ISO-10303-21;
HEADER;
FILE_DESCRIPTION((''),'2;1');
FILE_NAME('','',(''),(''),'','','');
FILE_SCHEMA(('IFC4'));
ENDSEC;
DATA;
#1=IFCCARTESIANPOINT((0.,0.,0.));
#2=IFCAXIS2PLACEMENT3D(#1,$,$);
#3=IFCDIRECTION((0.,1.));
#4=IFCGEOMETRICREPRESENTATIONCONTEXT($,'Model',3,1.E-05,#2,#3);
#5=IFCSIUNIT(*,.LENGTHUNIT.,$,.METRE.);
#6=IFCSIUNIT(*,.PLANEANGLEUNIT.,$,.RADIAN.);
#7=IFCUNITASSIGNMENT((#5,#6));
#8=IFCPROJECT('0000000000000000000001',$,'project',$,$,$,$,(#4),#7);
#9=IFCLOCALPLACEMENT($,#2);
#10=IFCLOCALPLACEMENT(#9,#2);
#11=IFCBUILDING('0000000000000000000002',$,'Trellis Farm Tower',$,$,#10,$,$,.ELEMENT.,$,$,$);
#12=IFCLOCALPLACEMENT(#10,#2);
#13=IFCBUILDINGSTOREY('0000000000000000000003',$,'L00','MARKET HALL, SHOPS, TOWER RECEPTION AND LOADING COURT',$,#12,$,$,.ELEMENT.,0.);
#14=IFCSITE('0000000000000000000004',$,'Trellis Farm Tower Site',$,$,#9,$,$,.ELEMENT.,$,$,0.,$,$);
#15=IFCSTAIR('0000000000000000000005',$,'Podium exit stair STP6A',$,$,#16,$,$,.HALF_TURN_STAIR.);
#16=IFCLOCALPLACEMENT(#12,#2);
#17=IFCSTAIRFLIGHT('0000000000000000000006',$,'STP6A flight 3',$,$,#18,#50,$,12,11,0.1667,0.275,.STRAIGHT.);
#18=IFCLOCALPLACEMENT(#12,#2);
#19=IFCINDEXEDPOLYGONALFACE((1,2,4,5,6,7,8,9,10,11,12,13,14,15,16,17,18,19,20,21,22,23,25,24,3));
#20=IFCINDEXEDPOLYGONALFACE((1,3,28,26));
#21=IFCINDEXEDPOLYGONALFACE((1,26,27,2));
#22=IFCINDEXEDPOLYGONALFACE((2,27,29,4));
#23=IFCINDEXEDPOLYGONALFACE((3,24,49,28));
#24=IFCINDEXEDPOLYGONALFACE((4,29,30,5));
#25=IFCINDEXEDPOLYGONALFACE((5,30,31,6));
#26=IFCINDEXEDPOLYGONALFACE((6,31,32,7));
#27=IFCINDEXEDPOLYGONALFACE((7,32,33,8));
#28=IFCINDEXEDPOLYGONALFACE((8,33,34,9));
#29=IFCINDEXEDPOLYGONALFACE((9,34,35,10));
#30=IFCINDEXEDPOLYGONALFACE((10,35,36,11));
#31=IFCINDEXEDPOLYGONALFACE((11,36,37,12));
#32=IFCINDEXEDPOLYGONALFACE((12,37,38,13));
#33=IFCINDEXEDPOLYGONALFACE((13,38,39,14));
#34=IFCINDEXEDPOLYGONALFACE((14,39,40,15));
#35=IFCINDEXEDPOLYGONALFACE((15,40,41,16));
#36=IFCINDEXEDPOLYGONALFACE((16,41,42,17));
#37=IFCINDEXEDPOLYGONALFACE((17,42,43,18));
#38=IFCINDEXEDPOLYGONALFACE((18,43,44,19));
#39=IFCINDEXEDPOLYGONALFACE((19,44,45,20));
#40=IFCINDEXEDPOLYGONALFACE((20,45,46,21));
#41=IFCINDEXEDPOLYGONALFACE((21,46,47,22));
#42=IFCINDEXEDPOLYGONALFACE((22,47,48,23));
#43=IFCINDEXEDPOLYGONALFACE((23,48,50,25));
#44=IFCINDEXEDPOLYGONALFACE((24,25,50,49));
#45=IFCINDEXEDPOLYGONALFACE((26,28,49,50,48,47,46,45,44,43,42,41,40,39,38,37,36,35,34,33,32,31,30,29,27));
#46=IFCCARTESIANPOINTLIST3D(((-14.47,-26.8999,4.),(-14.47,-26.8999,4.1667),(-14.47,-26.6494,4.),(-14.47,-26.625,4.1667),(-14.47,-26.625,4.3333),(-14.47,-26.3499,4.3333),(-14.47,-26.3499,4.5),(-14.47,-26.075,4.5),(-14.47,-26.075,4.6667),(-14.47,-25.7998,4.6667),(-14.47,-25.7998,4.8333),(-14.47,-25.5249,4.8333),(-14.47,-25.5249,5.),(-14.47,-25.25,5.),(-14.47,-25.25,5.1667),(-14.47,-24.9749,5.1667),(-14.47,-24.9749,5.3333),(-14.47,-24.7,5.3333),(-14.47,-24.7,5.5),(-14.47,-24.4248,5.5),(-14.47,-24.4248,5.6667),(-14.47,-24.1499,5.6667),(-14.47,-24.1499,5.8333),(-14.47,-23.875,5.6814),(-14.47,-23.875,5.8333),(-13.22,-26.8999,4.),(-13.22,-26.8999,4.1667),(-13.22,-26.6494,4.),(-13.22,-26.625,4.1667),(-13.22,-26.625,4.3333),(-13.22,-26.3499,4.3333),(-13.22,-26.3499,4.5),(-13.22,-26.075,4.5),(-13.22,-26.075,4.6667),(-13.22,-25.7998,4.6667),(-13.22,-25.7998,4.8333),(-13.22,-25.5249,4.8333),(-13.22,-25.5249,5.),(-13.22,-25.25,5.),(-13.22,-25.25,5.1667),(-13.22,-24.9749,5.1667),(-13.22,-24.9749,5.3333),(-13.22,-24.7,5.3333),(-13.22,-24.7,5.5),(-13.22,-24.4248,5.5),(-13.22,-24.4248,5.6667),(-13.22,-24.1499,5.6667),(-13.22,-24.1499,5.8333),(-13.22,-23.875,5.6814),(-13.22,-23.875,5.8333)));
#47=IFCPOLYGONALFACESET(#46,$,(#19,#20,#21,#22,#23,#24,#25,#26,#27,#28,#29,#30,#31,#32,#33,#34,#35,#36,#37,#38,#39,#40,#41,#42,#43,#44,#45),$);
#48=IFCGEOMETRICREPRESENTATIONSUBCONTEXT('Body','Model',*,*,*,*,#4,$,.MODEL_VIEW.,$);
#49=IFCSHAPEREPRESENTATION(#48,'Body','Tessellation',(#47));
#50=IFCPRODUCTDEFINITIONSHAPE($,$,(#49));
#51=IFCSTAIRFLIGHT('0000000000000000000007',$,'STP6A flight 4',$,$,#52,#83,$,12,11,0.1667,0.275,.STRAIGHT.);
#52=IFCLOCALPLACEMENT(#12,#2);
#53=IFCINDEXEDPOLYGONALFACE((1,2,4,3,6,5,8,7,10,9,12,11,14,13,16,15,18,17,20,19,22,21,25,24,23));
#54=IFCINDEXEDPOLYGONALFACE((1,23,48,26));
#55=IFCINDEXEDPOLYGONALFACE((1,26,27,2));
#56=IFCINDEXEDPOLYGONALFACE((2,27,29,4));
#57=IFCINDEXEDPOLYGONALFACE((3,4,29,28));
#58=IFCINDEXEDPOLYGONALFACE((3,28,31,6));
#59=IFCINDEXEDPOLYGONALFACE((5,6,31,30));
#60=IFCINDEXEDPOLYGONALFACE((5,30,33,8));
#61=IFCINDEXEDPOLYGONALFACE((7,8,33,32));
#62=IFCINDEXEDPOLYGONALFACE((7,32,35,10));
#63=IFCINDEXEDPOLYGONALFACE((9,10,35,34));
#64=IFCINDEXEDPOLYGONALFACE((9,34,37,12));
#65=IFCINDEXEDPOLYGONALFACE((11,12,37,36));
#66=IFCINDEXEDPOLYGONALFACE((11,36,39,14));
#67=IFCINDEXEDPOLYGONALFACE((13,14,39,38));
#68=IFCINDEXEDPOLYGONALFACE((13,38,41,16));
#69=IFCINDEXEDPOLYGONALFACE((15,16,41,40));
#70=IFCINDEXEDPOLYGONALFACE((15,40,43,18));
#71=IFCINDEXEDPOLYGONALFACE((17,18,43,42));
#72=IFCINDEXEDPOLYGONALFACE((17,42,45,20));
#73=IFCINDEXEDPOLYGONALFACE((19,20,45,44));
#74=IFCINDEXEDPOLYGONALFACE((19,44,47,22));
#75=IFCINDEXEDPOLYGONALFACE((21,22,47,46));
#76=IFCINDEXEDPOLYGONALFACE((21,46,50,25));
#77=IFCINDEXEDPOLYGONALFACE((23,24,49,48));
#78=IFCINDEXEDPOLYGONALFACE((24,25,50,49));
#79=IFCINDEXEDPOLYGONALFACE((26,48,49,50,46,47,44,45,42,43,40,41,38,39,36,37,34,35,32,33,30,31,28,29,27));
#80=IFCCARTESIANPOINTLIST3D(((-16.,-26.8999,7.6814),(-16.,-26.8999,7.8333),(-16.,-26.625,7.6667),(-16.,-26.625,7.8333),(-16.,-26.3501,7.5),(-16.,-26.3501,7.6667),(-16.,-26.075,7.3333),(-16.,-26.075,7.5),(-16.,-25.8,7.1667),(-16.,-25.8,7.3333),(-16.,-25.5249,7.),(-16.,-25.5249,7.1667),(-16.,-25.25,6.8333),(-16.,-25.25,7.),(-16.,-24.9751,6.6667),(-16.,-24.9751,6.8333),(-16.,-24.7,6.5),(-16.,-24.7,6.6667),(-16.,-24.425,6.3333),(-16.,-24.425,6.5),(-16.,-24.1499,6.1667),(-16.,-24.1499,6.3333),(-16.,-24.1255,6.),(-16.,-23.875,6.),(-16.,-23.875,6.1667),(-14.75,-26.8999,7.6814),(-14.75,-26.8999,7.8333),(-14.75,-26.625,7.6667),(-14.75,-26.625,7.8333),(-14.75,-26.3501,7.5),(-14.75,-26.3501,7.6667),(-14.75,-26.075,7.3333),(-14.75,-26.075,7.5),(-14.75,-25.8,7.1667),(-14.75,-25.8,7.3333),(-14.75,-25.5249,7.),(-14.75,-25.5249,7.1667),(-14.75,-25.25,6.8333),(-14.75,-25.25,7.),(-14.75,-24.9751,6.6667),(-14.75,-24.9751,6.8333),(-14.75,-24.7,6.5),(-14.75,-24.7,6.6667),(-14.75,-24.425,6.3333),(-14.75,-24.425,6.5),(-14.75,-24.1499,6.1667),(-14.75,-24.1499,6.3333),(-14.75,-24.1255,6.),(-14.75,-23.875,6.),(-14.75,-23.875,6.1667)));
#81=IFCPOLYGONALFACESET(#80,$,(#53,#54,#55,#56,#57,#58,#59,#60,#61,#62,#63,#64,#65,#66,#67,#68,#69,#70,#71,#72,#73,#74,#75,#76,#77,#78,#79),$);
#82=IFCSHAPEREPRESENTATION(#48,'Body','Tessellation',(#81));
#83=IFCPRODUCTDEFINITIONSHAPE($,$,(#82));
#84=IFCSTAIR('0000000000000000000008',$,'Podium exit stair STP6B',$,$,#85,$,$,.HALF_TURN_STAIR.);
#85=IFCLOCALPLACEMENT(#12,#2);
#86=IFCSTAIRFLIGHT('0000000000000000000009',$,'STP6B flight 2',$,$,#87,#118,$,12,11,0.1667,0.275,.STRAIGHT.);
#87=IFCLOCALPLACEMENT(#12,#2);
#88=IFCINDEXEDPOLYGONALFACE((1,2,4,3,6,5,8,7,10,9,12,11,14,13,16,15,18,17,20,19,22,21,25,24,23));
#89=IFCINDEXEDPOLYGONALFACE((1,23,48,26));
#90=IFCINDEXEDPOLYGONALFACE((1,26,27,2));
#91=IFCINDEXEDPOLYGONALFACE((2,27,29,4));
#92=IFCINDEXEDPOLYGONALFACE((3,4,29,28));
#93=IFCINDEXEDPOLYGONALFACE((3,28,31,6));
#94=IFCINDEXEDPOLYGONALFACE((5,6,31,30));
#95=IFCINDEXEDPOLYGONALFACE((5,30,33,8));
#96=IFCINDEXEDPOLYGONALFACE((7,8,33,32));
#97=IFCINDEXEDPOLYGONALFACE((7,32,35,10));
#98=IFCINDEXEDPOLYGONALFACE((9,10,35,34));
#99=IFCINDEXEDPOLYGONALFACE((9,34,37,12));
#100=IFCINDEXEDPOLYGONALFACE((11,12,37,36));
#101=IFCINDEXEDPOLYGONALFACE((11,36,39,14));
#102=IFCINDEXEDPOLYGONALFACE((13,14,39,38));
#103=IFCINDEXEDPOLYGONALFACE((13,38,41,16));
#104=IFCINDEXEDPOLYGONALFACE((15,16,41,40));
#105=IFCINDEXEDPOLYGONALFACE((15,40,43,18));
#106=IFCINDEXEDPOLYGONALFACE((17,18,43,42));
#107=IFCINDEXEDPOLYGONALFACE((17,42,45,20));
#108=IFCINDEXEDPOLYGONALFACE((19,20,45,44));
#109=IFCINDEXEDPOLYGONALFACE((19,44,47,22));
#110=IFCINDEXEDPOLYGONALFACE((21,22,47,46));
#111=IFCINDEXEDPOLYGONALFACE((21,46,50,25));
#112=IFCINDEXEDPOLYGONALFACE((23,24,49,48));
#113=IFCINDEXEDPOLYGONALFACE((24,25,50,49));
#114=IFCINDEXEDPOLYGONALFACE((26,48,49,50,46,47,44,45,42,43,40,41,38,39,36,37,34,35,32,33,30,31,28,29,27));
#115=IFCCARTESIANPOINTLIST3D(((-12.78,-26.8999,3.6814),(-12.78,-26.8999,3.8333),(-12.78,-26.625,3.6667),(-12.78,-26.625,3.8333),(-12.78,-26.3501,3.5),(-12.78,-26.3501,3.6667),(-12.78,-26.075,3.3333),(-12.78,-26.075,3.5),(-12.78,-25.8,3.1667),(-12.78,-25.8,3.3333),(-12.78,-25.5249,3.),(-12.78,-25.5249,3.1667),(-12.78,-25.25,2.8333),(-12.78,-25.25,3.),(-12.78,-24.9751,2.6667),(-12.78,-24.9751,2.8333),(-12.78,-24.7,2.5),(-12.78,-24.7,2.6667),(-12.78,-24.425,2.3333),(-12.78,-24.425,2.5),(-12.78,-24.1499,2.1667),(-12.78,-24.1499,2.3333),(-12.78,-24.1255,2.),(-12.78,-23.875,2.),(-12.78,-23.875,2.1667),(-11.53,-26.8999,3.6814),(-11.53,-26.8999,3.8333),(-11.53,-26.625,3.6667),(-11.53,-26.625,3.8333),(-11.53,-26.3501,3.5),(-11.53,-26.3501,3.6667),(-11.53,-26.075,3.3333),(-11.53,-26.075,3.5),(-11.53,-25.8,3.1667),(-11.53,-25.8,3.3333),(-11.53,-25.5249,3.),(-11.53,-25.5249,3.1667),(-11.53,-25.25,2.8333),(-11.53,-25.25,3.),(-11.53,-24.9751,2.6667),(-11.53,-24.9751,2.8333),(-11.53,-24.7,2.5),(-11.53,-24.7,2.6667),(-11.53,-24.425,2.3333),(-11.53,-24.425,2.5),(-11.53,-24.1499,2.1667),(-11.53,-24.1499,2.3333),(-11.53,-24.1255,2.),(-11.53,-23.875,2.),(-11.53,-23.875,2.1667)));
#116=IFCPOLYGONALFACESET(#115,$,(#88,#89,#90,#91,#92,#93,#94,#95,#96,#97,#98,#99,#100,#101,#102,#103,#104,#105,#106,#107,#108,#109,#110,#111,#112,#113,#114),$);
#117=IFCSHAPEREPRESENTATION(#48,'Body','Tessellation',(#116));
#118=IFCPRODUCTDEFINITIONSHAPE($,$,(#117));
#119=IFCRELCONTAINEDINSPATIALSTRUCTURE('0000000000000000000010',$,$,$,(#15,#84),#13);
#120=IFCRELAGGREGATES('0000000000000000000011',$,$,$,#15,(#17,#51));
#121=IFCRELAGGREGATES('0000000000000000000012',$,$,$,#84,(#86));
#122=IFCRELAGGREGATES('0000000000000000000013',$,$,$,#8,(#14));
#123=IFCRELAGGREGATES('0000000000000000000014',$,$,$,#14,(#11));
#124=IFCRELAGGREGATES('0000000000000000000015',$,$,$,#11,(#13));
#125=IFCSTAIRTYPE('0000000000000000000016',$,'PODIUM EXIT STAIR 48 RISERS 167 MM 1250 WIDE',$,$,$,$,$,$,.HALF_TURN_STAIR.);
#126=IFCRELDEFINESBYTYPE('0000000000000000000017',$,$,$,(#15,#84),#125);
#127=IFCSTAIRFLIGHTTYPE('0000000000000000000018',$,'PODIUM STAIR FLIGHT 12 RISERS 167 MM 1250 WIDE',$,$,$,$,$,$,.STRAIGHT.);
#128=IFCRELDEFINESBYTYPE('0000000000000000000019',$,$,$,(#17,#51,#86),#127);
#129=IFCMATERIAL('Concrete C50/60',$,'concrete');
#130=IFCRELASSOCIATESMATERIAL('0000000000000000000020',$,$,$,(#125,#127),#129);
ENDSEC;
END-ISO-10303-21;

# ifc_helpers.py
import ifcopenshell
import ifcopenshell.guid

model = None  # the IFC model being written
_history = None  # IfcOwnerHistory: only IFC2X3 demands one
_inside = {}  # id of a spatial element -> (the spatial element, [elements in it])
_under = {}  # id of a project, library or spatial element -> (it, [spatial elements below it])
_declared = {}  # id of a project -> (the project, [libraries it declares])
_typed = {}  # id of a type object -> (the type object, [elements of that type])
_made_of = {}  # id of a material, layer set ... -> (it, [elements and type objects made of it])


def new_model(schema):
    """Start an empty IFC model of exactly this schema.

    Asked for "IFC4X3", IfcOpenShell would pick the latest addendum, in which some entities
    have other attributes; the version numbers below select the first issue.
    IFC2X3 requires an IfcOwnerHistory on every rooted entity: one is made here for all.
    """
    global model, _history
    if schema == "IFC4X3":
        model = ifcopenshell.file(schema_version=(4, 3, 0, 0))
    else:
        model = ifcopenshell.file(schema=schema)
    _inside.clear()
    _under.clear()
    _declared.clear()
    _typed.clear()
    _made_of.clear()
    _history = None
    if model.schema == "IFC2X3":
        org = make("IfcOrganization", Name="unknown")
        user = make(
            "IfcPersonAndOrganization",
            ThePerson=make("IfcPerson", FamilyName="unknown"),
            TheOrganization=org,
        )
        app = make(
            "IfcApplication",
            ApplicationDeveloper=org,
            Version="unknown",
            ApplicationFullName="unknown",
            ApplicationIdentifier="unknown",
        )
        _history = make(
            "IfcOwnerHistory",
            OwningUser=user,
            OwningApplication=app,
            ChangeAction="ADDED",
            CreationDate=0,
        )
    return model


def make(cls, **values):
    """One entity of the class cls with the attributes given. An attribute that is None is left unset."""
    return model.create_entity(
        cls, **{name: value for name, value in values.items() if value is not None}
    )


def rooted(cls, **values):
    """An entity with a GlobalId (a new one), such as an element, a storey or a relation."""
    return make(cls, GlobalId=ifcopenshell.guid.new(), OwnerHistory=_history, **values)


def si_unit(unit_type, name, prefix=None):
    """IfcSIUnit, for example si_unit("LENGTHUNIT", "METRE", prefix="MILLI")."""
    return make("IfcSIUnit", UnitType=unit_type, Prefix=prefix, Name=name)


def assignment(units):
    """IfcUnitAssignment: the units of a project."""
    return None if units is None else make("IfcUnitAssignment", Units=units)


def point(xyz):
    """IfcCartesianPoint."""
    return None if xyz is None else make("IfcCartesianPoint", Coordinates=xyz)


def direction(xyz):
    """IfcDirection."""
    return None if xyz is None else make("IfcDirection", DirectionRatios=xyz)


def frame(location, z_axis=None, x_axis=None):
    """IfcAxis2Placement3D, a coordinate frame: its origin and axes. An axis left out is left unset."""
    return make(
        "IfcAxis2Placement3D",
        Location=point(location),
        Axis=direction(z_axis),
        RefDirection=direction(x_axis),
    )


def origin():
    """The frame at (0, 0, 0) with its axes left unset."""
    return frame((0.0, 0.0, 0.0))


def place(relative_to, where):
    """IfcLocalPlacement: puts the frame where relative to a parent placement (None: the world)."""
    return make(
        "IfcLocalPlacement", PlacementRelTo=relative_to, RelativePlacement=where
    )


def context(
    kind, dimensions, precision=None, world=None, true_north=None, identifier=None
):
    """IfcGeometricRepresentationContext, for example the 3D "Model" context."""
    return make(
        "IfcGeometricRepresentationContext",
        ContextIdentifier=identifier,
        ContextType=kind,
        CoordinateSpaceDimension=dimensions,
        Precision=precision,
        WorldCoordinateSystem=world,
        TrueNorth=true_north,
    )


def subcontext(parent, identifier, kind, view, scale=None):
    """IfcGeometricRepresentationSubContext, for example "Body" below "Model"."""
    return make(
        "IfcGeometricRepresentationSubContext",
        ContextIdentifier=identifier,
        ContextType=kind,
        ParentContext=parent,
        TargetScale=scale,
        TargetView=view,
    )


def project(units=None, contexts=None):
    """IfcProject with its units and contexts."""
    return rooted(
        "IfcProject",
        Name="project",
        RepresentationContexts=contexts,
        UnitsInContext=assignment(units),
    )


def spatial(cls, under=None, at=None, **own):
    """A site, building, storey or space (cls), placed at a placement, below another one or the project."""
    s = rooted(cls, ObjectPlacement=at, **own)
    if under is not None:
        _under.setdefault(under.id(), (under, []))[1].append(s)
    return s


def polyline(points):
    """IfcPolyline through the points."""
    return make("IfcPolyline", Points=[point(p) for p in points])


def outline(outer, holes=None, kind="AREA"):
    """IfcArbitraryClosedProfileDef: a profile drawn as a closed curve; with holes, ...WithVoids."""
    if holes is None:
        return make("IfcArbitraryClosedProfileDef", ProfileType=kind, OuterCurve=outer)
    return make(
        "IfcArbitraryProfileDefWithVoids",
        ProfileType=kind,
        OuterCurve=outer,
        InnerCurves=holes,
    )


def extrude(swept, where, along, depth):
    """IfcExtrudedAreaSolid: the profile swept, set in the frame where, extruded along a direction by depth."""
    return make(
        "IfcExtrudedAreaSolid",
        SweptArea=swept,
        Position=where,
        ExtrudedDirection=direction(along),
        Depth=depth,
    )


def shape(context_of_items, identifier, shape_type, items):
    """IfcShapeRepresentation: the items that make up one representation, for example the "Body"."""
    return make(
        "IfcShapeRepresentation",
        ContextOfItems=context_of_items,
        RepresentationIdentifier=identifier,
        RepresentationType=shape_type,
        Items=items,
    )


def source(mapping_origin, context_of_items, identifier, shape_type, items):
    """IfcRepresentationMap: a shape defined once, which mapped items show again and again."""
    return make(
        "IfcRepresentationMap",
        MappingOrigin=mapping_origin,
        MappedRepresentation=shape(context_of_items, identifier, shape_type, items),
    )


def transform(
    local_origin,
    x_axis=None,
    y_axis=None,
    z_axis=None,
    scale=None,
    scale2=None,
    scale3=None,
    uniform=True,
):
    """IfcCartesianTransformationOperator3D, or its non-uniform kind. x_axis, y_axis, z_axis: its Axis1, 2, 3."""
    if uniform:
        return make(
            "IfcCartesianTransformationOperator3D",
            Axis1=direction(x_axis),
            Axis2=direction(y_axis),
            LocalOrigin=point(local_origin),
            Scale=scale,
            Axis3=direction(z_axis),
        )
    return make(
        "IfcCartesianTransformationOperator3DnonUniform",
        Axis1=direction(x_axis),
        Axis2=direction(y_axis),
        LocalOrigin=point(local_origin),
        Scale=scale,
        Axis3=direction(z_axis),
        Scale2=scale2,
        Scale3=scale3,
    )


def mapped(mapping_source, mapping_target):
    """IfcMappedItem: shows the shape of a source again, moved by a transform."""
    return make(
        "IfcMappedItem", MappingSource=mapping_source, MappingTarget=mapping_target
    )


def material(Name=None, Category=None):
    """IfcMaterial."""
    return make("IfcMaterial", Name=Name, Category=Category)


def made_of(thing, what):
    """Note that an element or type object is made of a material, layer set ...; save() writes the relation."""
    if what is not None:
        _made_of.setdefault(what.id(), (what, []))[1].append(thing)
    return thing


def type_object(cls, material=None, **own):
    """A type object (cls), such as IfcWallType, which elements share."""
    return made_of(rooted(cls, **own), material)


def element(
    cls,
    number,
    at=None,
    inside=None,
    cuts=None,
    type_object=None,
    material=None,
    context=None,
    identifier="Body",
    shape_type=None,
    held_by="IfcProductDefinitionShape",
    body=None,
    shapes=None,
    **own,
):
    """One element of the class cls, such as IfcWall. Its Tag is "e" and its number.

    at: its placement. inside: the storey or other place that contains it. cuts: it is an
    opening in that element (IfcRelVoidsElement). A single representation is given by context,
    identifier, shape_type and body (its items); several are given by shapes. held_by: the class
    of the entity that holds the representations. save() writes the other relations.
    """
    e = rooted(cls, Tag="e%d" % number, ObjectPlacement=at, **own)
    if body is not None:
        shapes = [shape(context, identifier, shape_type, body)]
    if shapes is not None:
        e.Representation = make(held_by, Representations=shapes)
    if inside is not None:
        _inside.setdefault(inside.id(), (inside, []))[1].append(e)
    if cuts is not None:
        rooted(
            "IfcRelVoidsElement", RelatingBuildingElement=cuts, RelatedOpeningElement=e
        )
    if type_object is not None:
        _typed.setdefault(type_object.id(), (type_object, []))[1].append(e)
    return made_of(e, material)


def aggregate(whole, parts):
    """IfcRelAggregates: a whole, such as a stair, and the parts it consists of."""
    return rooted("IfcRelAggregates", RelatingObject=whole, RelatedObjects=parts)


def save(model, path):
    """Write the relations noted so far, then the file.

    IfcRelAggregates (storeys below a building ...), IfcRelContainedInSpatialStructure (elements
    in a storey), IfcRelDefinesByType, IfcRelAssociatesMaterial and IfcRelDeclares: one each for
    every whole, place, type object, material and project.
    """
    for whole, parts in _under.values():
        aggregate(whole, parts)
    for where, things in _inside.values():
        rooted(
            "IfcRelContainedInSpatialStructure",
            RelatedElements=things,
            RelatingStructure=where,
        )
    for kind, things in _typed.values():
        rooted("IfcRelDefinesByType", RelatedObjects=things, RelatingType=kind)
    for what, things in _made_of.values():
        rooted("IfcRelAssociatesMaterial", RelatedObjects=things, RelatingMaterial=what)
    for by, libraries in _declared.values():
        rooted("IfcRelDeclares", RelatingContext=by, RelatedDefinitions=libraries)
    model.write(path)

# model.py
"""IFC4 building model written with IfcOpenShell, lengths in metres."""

from ifc_helpers import new_model, si_unit, direction, frame, origin, place, context, subcontext, project, spatial, polyline, outline, extrude, source, transform, mapped, material, type_object, element, aggregate, save


model = new_model("IFC4")

# Units and contexts
model_context = context("Model", 3, precision=1e-05, world=origin(), true_north=direction((0.0, 1.0)))
body_context = subcontext(model_context, "Body", "Model", "MODEL_VIEW")
ifc_project = project(units=[si_unit("LENGTHUNIT", "METRE"), si_unit("PLANEANGLEUNIT", "RADIAN")], contexts=[model_context])

# Site, building, storey
site_placement = place(None, origin())
site = spatial("IfcSite", under=ifc_project, at=site_placement, Name="Trellis Farm Tower Site", CompositionType="ELEMENT", RefElevation=0.0)
building_placement = place(site_placement, origin())
building = spatial("IfcBuilding", under=site, at=building_placement, Name="Trellis Farm Tower", CompositionType="ELEMENT")
storey_placement = place(building_placement, origin())
storey = spatial("IfcBuildingStorey", under=building, at=storey_placement, Name="L00", Description="MARKET HALL, SHOPS, TOWER RECEPTION AND LOADING COURT", CompositionType="ELEMENT", Elevation=0.0)

# Stair, stair flights
ifc_material_1 = material(Name="Concrete C50/60", Category="concrete")
stair_type = type_object("IfcStairType", Name="PODIUM EXIT STAIR 48 RISERS 167 MM 1250 WIDE", PredefinedType="HALF_TURN_STAIR", material=ifc_material_1)
placement = place(storey_placement, origin())
stair_1 = element("IfcStair", 1, at=placement, inside=storey, type_object=stair_type, Name="Podium exit stair STP6A", PredefinedType="HALF_TURN_STAIR")
stair_flight_type = type_object("IfcStairFlightType", Name="PODIUM STAIR FLIGHT 12 RISERS 167 MM 1250 WIDE", PredefinedType="STRAIGHT", material=ifc_material_1)
shared_shape_1 = source(origin(), body_context, "Body", "SweptSolid", [
    extrude(outline(polyline([(0.0, 0.0), (0.0, 0.1667), (0.2749, 0.1667), (0.2749, 0.3333), (0.55, 0.3333), (0.55, 0.5), (0.825, 0.5), (0.825, 0.6667), (1.1001, 0.6667), (1.1001, 0.8333), (1.375, 0.8333), (1.375, 1.0), (1.6499, 1.0), (1.6499, 1.1667), (1.925, 1.1667), (1.925, 1.3333), (2.2, 1.3333), (2.2, 1.5), (2.4751, 1.5), (2.4751, 1.6667), (2.75, 1.6667), (2.75, 1.8333), (3.0249, 1.8333), (3.0249, 2.0), (3.0249, 1.6814), (0.2505, 0.0), (0.0, 0.0)])), frame((0.0, 0.625, 0.0), z_axis=(0.0, -1.0, 0.0), x_axis=(1.0, 0.0, 0.0)), (0.0, 0.0, 1.0), 1.25),
])
stair_flight_1_placement = place(storey_placement, frame((-13.845, -26.8999, 4.0), z_axis=(0.0, 0.0, 1.0), x_axis=(0.0, 1.0, 0.0)))
stair_flight_1 = element("IfcStairFlight", 2, at=stair_flight_1_placement, type_object=stair_flight_type, Name="STP6A flight 3", NumberOfRisers=12, NumberOfTreads=11, PredefinedType="STRAIGHT", RiserHeight=0.1667, TreadLength=0.275, context=body_context, shape_type="MappedRepresentation", body=[
    mapped(shared_shape_1, transform((0.0, 0.0, 0.0))),
])
stair_flight_2_placement = place(storey_placement, frame((-15.375, -23.875, 6.0), z_axis=(0.0, 0.0, 1.0), x_axis=(0.0, -1.0, 0.0)))
stair_flight_2 = element("IfcStairFlight", 3, at=stair_flight_2_placement, type_object=stair_flight_type, Name="STP6A flight 4", NumberOfRisers=12, NumberOfTreads=11, PredefinedType="STRAIGHT", RiserHeight=0.1667, TreadLength=0.275, context=body_context, shape_type="MappedRepresentation", body=[
    mapped(shared_shape_1, transform((0.0, 0.0, 0.0))),
])
aggregate(stair_1, [stair_flight_1, stair_flight_2])

# Stair, stair flight
stair_2 = element("IfcStair", 4, at=placement, inside=storey, type_object=stair_type, Name="Podium exit stair STP6B", PredefinedType="HALF_TURN_STAIR")
stair_flight_3_placement = place(storey_placement, frame((-12.155, -23.875, 2.0), z_axis=(0.0, 0.0, 1.0), x_axis=(0.0, -1.0, 0.0)))
stair_flight_3 = element("IfcStairFlight", 5, at=stair_flight_3_placement, type_object=stair_flight_type, Name="STP6B flight 2", NumberOfRisers=12, NumberOfTreads=11, PredefinedType="STRAIGHT", RiserHeight=0.1667, TreadLength=0.275, context=body_context, shape_type="MappedRepresentation", body=[
    mapped(shared_shape_1, transform((0.0, 0.0, 0.0))),
])
aggregate(stair_2, [stair_flight_3])

save(model, "model.ifc")
